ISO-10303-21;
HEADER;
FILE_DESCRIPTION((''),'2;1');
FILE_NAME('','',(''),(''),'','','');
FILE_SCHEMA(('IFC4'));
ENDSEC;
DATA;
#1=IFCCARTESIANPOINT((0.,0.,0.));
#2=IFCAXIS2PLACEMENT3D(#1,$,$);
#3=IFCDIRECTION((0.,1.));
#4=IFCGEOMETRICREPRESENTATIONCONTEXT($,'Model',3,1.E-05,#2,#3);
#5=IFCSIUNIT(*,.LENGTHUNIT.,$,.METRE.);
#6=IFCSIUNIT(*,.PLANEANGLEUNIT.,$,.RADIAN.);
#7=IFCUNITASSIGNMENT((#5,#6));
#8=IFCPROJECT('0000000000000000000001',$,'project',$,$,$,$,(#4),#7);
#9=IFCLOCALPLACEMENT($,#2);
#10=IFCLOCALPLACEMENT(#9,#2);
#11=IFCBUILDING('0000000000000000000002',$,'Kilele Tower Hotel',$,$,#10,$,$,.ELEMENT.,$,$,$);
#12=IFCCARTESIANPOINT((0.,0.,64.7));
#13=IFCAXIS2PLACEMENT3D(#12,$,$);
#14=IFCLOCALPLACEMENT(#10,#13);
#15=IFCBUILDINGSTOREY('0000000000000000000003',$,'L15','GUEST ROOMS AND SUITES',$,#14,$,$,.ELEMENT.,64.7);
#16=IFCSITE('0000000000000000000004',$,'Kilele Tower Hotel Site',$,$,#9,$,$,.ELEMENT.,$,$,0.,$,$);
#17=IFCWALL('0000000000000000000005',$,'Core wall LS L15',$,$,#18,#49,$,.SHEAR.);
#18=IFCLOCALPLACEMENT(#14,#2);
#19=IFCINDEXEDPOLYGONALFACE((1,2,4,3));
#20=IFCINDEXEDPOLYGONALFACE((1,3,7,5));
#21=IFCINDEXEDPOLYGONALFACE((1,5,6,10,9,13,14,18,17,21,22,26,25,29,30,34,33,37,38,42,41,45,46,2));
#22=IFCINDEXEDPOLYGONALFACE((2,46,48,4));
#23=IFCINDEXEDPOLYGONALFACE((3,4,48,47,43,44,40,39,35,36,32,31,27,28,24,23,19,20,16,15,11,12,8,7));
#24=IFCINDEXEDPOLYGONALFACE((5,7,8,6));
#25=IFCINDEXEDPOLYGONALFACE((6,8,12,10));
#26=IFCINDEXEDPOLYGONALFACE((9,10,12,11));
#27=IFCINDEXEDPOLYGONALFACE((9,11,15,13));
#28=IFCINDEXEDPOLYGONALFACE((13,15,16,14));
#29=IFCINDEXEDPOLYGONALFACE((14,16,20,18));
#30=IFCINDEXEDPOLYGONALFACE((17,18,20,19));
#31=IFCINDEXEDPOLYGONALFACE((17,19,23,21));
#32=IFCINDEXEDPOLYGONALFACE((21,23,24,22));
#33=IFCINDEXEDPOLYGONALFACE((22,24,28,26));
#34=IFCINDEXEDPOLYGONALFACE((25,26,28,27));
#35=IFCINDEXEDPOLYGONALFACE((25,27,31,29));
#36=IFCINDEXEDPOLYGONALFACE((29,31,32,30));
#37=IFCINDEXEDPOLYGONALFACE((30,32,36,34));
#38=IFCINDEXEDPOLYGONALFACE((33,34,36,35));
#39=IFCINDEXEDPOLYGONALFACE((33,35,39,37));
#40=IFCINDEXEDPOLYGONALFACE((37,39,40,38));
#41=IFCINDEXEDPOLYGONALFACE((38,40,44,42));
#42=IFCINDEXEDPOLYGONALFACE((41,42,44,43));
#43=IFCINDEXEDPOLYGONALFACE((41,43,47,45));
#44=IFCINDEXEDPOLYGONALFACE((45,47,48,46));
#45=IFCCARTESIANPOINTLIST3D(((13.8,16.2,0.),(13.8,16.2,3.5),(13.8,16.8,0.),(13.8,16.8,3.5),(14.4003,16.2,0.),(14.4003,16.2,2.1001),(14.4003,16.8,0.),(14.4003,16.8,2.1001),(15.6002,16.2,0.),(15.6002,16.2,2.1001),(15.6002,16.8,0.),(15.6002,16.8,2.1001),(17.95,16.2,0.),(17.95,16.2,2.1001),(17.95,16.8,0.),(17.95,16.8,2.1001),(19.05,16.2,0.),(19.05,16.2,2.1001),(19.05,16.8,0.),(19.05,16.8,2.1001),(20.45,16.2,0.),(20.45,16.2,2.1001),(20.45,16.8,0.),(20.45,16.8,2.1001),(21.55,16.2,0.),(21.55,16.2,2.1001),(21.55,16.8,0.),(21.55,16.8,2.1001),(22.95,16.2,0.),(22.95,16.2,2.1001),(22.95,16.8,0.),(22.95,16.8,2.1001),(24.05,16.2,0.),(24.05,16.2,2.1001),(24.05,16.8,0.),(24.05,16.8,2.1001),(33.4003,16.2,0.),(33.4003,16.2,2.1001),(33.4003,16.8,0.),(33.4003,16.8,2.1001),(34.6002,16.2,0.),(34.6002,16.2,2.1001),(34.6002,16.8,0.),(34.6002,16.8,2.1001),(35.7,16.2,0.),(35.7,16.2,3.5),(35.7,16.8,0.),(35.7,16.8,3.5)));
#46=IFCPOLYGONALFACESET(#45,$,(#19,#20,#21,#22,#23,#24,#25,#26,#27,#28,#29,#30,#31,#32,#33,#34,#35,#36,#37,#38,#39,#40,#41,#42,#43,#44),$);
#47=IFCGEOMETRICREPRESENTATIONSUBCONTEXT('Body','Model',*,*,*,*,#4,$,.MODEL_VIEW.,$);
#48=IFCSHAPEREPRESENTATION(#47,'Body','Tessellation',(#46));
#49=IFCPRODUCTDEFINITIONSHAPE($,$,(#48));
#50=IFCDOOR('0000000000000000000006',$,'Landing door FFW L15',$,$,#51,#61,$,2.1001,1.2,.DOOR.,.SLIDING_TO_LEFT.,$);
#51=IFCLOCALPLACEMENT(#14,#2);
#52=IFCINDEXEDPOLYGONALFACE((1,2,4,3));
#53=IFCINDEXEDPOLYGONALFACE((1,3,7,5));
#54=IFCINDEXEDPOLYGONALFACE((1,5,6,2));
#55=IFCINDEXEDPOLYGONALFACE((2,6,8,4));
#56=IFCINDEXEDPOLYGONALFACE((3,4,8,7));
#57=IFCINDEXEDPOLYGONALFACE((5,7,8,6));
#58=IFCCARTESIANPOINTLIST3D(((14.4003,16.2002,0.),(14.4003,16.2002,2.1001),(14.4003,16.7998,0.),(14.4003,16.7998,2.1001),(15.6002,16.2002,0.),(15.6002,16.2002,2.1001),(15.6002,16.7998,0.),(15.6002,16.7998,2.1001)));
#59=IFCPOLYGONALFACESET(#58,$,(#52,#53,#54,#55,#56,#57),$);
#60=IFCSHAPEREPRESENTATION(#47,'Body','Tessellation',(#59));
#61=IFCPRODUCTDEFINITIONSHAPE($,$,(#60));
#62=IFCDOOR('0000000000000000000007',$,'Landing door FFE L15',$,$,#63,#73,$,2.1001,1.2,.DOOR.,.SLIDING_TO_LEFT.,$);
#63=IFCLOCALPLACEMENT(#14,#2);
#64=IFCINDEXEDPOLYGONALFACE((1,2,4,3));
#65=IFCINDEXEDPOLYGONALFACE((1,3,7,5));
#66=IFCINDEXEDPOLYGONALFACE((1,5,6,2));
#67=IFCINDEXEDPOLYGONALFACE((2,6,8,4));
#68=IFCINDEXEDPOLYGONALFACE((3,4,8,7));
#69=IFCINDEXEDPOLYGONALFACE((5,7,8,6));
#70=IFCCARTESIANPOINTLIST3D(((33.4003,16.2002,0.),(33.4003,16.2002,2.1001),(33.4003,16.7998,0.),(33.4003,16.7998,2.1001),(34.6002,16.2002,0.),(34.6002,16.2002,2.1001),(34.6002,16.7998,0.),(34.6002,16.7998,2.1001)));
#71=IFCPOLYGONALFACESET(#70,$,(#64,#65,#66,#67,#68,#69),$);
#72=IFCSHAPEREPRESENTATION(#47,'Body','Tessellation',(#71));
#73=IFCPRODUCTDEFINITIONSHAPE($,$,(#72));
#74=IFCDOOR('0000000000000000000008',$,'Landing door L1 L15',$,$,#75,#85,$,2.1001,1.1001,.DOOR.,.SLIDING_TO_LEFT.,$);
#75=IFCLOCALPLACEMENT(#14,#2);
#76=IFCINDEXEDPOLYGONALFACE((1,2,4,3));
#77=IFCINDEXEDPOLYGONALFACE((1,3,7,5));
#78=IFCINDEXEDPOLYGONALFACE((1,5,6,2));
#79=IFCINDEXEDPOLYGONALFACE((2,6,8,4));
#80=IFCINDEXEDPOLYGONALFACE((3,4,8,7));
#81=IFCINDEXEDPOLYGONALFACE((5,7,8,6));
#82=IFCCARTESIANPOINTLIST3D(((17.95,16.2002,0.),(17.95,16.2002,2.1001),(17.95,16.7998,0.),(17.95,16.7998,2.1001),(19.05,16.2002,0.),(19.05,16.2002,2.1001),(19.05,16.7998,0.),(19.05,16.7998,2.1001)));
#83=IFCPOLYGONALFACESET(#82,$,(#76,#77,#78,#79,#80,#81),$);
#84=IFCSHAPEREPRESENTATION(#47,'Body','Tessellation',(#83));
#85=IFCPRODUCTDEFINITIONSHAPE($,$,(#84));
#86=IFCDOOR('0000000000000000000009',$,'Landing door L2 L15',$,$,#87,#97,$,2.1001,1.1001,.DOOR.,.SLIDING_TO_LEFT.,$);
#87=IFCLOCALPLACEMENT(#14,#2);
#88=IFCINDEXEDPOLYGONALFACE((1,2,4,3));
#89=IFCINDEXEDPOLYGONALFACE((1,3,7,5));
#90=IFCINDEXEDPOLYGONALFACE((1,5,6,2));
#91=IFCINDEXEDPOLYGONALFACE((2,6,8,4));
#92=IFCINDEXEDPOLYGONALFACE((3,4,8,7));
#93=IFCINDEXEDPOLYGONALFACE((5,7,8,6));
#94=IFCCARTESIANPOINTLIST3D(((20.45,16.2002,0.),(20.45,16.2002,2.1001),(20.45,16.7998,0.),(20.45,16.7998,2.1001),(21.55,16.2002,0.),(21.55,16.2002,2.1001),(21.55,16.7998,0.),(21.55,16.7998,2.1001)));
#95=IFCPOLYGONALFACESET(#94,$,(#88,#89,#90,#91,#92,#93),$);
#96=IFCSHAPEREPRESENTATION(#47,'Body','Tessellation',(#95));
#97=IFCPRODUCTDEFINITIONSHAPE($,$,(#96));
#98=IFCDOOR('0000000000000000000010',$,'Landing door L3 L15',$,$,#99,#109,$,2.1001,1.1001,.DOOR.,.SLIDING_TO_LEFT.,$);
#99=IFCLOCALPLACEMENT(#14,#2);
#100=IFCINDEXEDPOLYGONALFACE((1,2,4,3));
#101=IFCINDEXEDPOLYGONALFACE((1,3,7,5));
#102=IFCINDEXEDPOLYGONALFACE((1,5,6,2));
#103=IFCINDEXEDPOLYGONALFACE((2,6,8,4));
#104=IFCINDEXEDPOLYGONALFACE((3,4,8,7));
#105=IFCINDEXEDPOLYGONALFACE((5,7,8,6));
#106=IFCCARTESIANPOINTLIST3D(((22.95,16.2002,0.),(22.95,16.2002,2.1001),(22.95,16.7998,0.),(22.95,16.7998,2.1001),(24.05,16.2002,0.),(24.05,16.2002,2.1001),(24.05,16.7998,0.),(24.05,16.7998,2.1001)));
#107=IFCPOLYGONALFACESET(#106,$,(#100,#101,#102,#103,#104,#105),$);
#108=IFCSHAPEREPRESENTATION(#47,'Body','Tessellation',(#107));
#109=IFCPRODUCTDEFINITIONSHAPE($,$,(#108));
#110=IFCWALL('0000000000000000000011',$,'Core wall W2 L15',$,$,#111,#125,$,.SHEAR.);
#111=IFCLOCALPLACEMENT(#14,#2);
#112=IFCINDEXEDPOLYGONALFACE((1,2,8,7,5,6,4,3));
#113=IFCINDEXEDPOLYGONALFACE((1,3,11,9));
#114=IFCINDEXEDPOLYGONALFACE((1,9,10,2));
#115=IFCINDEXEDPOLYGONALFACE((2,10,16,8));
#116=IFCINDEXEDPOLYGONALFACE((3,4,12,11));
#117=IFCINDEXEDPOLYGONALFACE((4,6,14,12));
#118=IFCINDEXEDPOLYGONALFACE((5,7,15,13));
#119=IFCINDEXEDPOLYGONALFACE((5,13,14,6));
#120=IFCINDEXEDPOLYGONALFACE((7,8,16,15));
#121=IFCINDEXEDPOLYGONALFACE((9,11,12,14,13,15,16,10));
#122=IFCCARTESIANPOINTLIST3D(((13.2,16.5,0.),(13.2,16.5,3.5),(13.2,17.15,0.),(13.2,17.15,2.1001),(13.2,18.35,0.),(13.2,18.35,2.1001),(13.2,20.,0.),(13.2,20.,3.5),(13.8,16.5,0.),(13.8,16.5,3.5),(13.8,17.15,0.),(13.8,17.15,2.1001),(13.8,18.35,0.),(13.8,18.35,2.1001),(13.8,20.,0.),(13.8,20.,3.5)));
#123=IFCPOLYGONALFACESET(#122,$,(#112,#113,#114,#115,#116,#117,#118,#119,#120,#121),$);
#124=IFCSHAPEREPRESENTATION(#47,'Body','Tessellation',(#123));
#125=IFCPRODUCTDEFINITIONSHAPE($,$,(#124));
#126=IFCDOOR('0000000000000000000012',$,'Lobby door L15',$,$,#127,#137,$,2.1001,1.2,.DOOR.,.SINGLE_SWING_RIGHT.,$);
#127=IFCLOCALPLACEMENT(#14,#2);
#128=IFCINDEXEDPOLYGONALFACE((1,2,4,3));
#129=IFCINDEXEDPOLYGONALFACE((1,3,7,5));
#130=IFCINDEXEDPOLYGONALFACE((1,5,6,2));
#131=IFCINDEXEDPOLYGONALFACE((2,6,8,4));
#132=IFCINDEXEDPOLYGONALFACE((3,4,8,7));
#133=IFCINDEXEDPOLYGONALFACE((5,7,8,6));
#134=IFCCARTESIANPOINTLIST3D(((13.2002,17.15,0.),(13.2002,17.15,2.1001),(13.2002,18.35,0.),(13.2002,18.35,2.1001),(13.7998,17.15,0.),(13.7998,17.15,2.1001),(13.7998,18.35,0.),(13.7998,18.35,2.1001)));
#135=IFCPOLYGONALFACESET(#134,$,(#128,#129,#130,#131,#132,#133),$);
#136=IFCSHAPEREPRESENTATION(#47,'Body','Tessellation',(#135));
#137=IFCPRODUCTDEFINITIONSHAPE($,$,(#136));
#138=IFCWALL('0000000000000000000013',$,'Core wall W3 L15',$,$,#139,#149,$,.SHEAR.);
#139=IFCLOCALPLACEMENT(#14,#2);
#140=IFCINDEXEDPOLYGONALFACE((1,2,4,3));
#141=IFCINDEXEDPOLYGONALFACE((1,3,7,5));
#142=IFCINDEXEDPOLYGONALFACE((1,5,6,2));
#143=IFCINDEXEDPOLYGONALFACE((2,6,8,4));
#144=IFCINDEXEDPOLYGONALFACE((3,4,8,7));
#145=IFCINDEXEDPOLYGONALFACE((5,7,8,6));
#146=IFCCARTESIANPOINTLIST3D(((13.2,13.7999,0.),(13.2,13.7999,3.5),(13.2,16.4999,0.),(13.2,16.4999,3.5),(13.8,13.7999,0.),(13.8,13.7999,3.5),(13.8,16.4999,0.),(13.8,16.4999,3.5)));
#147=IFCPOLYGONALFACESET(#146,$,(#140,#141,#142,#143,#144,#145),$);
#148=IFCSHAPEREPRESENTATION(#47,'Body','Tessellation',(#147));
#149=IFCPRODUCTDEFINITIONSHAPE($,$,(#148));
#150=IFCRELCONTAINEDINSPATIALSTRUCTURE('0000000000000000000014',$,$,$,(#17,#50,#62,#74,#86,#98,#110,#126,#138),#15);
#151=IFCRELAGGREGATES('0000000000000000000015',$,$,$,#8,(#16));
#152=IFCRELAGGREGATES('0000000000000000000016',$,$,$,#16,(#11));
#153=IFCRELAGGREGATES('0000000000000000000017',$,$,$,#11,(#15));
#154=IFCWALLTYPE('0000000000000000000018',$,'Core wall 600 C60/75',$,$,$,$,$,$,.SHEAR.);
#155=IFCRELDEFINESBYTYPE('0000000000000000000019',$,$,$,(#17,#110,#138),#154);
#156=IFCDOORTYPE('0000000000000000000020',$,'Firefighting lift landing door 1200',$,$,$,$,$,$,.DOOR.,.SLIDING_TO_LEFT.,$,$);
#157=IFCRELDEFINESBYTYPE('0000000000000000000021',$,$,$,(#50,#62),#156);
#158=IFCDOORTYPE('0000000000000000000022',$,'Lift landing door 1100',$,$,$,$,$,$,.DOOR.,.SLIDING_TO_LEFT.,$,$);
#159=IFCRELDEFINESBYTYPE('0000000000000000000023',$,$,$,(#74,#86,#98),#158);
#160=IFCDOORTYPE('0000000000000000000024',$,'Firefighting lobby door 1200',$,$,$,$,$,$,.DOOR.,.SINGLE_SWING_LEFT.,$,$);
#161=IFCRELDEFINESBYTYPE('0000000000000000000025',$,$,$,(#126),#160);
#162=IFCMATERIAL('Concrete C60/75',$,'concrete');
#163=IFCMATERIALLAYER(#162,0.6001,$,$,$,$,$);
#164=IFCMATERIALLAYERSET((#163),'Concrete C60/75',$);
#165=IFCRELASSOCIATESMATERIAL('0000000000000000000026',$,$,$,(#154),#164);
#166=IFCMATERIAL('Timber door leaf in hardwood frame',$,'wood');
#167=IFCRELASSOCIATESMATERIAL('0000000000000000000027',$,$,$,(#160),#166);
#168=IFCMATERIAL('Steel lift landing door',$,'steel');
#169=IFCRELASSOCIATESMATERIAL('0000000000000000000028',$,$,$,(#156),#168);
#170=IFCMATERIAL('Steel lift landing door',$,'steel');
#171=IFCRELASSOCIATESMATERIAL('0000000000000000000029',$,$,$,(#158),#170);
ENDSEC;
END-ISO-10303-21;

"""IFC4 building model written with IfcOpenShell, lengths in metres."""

from ifc_helpers import new_model, si_unit, direction, frame, frame_2d, origin, place, context, subcontext, project, spatial, rectangle, extrude, material, layer, layer_set, type_object, element, fill, save


model = new_model("IFC4")

# Units and contexts
model_context = context("Model", 3, precision=1e-05, world=origin(), true_north=direction((0.0, 1.0)))
body_context = subcontext(model_context, "Body", "Model", "MODEL_VIEW")
ifc_project = project(units=[si_unit("LENGTHUNIT", "METRE"), si_unit("PLANEANGLEUNIT", "RADIAN")], contexts=[model_context])

# Site, building, storey
site_placement = place(None, origin())
site = spatial("IfcSite", under=ifc_project, at=site_placement, Name="Kilele Tower Hotel Site", CompositionType="ELEMENT", RefElevation=0.0)
building_placement = place(site_placement, origin())
building = spatial("IfcBuilding", under=site, at=building_placement, Name="Kilele Tower Hotel", CompositionType="ELEMENT")
storey_placement = place(building_placement, frame((0.0, 0.0, 64.7)))
storey = spatial("IfcBuildingStorey", under=building, at=storey_placement, Name="L15", Description="GUEST ROOMS AND SUITES", CompositionType="ELEMENT", Elevation=64.7)

# Shared definitions
ifc_material_1 = material(Name="Concrete C60/75", Category="concrete")
ifc_layer_1 = layer(ifc_material_1, 0.6001)
ifc_layer_set_1 = layer_set([ifc_layer_1], Name="Concrete C60/75")
wall_type_1 = type_object("IfcWallType", Name="Core wall 600 C60/75", PredefinedType="SHEAR", material=ifc_layer_set_1)

# Shared definitions
ifc_material_2 = material(Name="Timber door leaf in hardwood frame", Category="wood")
door_type_1 = type_object("IfcDoorType", Name="Firefighting lobby door 1200", OperationType="SINGLE_SWING_LEFT", PredefinedType="DOOR", material=ifc_material_2)

# Wall, openings, doors
wall_1_placement = place(storey_placement, frame((13.8, 16.5, 0.0), z_axis=(0.0, 0.0, 1.0), x_axis=(1.0, 0.0, 0.0)))
wall_1 = element("IfcWall", 1, at=wall_1_placement, inside=storey, type_object=wall_type_1, Name="Core wall LS L15", PredefinedType="SHEAR", context=body_context, shape_type="SweptSolid", body=[
    extrude(rectangle(XDim=21.8999, YDim=0.6001, at=frame_2d((10.95, 0.0))), origin(), (0.0, 0.0, 1.0), 3.5),
])
opening_1_placement = place(wall_1_placement, frame((4.1499, 0.0, 0.0)))
opening_1 = element("IfcOpeningElement", 2, at=opening_1_placement, cuts=wall_1, PredefinedType="OPENING", context=body_context, shape_type="SweptSolid", body=[
    extrude(rectangle(XDim=1.1001, YDim=2.1001, at=frame_2d((0.55, 1.05))), frame((0.0, 0.3101, 0.0), z_axis=(0.0, -1.0, 0.0), x_axis=(1.0, 0.0, 0.0)), (0.0, 0.0, 1.0), 0.6201),
])
opening_2_placement = place(wall_1_placement, frame((6.6499, 0.0, 0.0)))
opening_2 = element("IfcOpeningElement", 3, at=opening_2_placement, cuts=wall_1, PredefinedType="OPENING", context=body_context, shape_type="SweptSolid", body=[
    extrude(rectangle(XDim=1.1001, YDim=2.1001, at=frame_2d((0.55, 1.05))), frame((0.0, 0.3101, 0.0), z_axis=(0.0, -1.0, 0.0), x_axis=(1.0, 0.0, 0.0)), (0.0, 0.0, 1.0), 0.6201),
])
opening_3_placement = place(wall_1_placement, frame((9.1499, 0.0, 0.0)))
opening_3 = element("IfcOpeningElement", 4, at=opening_3_placement, cuts=wall_1, PredefinedType="OPENING", context=body_context, shape_type="SweptSolid", body=[
    extrude(rectangle(XDim=1.1001, YDim=2.1001, at=frame_2d((0.55, 1.05))), frame((0.0, 0.3101, 0.0), z_axis=(0.0, -1.0, 0.0), x_axis=(1.0, 0.0, 0.0)), (0.0, 0.0, 1.0), 0.6201),
])
opening_4_placement = place(wall_1_placement, frame((0.6001, 0.0, 0.0)))
opening_4 = element("IfcOpeningElement", 5, at=opening_4_placement, cuts=wall_1, PredefinedType="OPENING", context=body_context, shape_type="SweptSolid", body=[
    extrude(rectangle(XDim=1.2, YDim=2.1001, at=frame_2d((0.6001, 1.05))), frame((0.0, 0.3101, 0.0), z_axis=(0.0, -1.0, 0.0), x_axis=(1.0, 0.0, 0.0)), (0.0, 0.0, 1.0), 0.6201),
])
opening_5_placement = place(wall_1_placement, frame((19.6001, 0.0, 0.0)))
opening_5 = element("IfcOpeningElement", 6, at=opening_5_placement, cuts=wall_1, PredefinedType="OPENING", context=body_context, shape_type="SweptSolid", body=[
    extrude(rectangle(XDim=1.2, YDim=2.1001, at=frame_2d((0.6001, 1.05))), frame((0.0, 0.3101, 0.0), z_axis=(0.0, -1.0, 0.0), x_axis=(1.0, 0.0, 0.0)), (0.0, 0.0, 1.0), 0.6201),
])
ifc_material_3 = material(Name="Steel lift landing door", Category="steel")
door_type_2 = type_object("IfcDoorType", Name="Firefighting lift landing door 1200", OperationType="SLIDING_TO_LEFT", PredefinedType="DOOR", material=ifc_material_3)
door_1_placement = place(opening_4_placement, origin())
door_1 = element("IfcDoor", 7, at=door_1_placement, inside=storey, type_object=door_type_2, Name="Landing door FFW L15", OperationType="SLIDING_TO_LEFT", OverallHeight=2.1001, OverallWidth=1.2, PredefinedType="DOOR", context=body_context, shape_type="SweptSolid", body=[
    extrude(rectangle(XDim=1.2, YDim=2.1001, at=frame_2d((0.6001, 1.05))), frame((0.0, 0.2998, 0.0), z_axis=(0.0, -1.0, 0.0), x_axis=(1.0, 0.0, 0.0)), (0.0, 0.0, 1.0), 0.5996),
])
fill(opening_4, door_1)
door_2_placement = place(opening_5_placement, origin())
door_2 = element("IfcDoor", 8, at=door_2_placement, inside=storey, type_object=door_type_2, Name="Landing door FFE L15", OperationType="SLIDING_TO_LEFT", OverallHeight=2.1001, OverallWidth=1.2, PredefinedType="DOOR", context=body_context, shape_type="SweptSolid", body=[
    extrude(rectangle(XDim=1.2, YDim=2.1001, at=frame_2d((0.6001, 1.05))), frame((0.0, 0.2998, 0.0), z_axis=(0.0, -1.0, 0.0), x_axis=(1.0, 0.0, 0.0)), (0.0, 0.0, 1.0), 0.5996),
])
fill(opening_5, door_2)
ifc_material_4 = material(Name="Steel lift landing door", Category="steel")
door_type_3 = type_object("IfcDoorType", Name="Lift landing door 1100", OperationType="SLIDING_TO_LEFT", PredefinedType="DOOR", material=ifc_material_4)
door_3_placement = place(opening_1_placement, origin())
door_3 = element("IfcDoor", 9, at=door_3_placement, inside=storey, type_object=door_type_3, Name="Landing door L1 L15", OperationType="SLIDING_TO_LEFT", OverallHeight=2.1001, OverallWidth=1.1001, PredefinedType="DOOR", context=body_context, shape_type="SweptSolid", body=[
    extrude(rectangle(XDim=1.1001, YDim=2.1001, at=frame_2d((0.55, 1.05))), frame((0.0, 0.2998, 0.0), z_axis=(0.0, -1.0, 0.0), x_axis=(1.0, 0.0, 0.0)), (0.0, 0.0, 1.0), 0.5996),
])
fill(opening_1, door_3)
door_4_placement = place(opening_2_placement, origin())
door_4 = element("IfcDoor", 10, at=door_4_placement, inside=storey, type_object=door_type_3, Name="Landing door L2 L15", OperationType="SLIDING_TO_LEFT", OverallHeight=2.1001, OverallWidth=1.1001, PredefinedType="DOOR", context=body_context, shape_type="SweptSolid", body=[
    extrude(rectangle(XDim=1.1001, YDim=2.1001, at=frame_2d((0.55, 1.05))), frame((0.0, 0.2998, 0.0), z_axis=(0.0, -1.0, 0.0), x_axis=(1.0, 0.0, 0.0)), (0.0, 0.0, 1.0), 0.5996),
])
fill(opening_2, door_4)
door_5_placement = place(opening_3_placement, origin())
door_5 = element("IfcDoor", 11, at=door_5_placement, inside=storey, type_object=door_type_3, Name="Landing door L3 L15", OperationType="SLIDING_TO_LEFT", OverallHeight=2.1001, OverallWidth=1.1001, PredefinedType="DOOR", context=body_context, shape_type="SweptSolid", body=[
    extrude(rectangle(XDim=1.1001, YDim=2.1001, at=frame_2d((0.55, 1.05))), frame((0.0, 0.2998, 0.0), z_axis=(0.0, -1.0, 0.0), x_axis=(1.0, 0.0, 0.0)), (0.0, 0.0, 1.0), 0.5996),
])
fill(opening_3, door_5)

# Wall, opening, door
wall_2_placement = place(storey_placement, frame((13.5, 20.0, 0.0), z_axis=(0.0, 0.0, 1.0), x_axis=(0.0, -1.0, 0.0)))
wall_2 = element("IfcWall", 12, at=wall_2_placement, inside=storey, type_object=wall_type_1, Name="Core wall W2 L15", PredefinedType="SHEAR", context=body_context, shape_type="SweptSolid", body=[
    extrude(rectangle(XDim=3.5, YDim=0.6001, at=frame_2d((1.75, 0.0))), origin(), (0.0, 0.0, 1.0), 3.5),
])
opening_6_placement = place(wall_2_placement, frame((1.6499, 0.0, 0.0)))
opening_6 = element("IfcOpeningElement", 13, at=opening_6_placement, cuts=wall_2, PredefinedType="OPENING", context=body_context, shape_type="SweptSolid", body=[
    extrude(rectangle(XDim=1.2, YDim=2.1001, at=frame_2d((0.6001, 1.05))), frame((0.0, 0.3101, 0.0), z_axis=(0.0, -1.0, 0.0), x_axis=(1.0, 0.0, 0.0)), (0.0, 0.0, 1.0), 0.6201),
])
door_6_placement = place(opening_6_placement, origin())
door_6 = element("IfcDoor", 14, at=door_6_placement, inside=storey, type_object=door_type_1, Name="Lobby door L15", OperationType="SINGLE_SWING_RIGHT", OverallHeight=2.1001, OverallWidth=1.2, PredefinedType="DOOR", context=body_context, shape_type="SweptSolid", body=[
    extrude(rectangle(XDim=1.2, YDim=2.1001, at=frame_2d((0.6001, 1.05))), frame((0.0, 0.2998, 0.0), z_axis=(0.0, -1.0, 0.0), x_axis=(1.0, 0.0, 0.0)), (0.0, 0.0, 1.0), 0.5996),
])
fill(opening_6, door_6)

# Wall
wall_3_placement = place(storey_placement, frame((13.5, 16.5, 0.0), z_axis=(0.0, 0.0, 1.0), x_axis=(0.0, -1.0, 0.0)))
element("IfcWall", 15, at=wall_3_placement, inside=storey, type_object=wall_type_1, Name="Core wall W3 L15", PredefinedType="SHEAR", context=body_context, shape_type="SweptSolid", body=[
    extrude(rectangle(XDim=2.7, YDim=0.6001, at=frame_2d((1.3501, 0.0))), origin(), (0.0, 0.0, 1.0), 3.5),
])

save(model, "model.ifc")
